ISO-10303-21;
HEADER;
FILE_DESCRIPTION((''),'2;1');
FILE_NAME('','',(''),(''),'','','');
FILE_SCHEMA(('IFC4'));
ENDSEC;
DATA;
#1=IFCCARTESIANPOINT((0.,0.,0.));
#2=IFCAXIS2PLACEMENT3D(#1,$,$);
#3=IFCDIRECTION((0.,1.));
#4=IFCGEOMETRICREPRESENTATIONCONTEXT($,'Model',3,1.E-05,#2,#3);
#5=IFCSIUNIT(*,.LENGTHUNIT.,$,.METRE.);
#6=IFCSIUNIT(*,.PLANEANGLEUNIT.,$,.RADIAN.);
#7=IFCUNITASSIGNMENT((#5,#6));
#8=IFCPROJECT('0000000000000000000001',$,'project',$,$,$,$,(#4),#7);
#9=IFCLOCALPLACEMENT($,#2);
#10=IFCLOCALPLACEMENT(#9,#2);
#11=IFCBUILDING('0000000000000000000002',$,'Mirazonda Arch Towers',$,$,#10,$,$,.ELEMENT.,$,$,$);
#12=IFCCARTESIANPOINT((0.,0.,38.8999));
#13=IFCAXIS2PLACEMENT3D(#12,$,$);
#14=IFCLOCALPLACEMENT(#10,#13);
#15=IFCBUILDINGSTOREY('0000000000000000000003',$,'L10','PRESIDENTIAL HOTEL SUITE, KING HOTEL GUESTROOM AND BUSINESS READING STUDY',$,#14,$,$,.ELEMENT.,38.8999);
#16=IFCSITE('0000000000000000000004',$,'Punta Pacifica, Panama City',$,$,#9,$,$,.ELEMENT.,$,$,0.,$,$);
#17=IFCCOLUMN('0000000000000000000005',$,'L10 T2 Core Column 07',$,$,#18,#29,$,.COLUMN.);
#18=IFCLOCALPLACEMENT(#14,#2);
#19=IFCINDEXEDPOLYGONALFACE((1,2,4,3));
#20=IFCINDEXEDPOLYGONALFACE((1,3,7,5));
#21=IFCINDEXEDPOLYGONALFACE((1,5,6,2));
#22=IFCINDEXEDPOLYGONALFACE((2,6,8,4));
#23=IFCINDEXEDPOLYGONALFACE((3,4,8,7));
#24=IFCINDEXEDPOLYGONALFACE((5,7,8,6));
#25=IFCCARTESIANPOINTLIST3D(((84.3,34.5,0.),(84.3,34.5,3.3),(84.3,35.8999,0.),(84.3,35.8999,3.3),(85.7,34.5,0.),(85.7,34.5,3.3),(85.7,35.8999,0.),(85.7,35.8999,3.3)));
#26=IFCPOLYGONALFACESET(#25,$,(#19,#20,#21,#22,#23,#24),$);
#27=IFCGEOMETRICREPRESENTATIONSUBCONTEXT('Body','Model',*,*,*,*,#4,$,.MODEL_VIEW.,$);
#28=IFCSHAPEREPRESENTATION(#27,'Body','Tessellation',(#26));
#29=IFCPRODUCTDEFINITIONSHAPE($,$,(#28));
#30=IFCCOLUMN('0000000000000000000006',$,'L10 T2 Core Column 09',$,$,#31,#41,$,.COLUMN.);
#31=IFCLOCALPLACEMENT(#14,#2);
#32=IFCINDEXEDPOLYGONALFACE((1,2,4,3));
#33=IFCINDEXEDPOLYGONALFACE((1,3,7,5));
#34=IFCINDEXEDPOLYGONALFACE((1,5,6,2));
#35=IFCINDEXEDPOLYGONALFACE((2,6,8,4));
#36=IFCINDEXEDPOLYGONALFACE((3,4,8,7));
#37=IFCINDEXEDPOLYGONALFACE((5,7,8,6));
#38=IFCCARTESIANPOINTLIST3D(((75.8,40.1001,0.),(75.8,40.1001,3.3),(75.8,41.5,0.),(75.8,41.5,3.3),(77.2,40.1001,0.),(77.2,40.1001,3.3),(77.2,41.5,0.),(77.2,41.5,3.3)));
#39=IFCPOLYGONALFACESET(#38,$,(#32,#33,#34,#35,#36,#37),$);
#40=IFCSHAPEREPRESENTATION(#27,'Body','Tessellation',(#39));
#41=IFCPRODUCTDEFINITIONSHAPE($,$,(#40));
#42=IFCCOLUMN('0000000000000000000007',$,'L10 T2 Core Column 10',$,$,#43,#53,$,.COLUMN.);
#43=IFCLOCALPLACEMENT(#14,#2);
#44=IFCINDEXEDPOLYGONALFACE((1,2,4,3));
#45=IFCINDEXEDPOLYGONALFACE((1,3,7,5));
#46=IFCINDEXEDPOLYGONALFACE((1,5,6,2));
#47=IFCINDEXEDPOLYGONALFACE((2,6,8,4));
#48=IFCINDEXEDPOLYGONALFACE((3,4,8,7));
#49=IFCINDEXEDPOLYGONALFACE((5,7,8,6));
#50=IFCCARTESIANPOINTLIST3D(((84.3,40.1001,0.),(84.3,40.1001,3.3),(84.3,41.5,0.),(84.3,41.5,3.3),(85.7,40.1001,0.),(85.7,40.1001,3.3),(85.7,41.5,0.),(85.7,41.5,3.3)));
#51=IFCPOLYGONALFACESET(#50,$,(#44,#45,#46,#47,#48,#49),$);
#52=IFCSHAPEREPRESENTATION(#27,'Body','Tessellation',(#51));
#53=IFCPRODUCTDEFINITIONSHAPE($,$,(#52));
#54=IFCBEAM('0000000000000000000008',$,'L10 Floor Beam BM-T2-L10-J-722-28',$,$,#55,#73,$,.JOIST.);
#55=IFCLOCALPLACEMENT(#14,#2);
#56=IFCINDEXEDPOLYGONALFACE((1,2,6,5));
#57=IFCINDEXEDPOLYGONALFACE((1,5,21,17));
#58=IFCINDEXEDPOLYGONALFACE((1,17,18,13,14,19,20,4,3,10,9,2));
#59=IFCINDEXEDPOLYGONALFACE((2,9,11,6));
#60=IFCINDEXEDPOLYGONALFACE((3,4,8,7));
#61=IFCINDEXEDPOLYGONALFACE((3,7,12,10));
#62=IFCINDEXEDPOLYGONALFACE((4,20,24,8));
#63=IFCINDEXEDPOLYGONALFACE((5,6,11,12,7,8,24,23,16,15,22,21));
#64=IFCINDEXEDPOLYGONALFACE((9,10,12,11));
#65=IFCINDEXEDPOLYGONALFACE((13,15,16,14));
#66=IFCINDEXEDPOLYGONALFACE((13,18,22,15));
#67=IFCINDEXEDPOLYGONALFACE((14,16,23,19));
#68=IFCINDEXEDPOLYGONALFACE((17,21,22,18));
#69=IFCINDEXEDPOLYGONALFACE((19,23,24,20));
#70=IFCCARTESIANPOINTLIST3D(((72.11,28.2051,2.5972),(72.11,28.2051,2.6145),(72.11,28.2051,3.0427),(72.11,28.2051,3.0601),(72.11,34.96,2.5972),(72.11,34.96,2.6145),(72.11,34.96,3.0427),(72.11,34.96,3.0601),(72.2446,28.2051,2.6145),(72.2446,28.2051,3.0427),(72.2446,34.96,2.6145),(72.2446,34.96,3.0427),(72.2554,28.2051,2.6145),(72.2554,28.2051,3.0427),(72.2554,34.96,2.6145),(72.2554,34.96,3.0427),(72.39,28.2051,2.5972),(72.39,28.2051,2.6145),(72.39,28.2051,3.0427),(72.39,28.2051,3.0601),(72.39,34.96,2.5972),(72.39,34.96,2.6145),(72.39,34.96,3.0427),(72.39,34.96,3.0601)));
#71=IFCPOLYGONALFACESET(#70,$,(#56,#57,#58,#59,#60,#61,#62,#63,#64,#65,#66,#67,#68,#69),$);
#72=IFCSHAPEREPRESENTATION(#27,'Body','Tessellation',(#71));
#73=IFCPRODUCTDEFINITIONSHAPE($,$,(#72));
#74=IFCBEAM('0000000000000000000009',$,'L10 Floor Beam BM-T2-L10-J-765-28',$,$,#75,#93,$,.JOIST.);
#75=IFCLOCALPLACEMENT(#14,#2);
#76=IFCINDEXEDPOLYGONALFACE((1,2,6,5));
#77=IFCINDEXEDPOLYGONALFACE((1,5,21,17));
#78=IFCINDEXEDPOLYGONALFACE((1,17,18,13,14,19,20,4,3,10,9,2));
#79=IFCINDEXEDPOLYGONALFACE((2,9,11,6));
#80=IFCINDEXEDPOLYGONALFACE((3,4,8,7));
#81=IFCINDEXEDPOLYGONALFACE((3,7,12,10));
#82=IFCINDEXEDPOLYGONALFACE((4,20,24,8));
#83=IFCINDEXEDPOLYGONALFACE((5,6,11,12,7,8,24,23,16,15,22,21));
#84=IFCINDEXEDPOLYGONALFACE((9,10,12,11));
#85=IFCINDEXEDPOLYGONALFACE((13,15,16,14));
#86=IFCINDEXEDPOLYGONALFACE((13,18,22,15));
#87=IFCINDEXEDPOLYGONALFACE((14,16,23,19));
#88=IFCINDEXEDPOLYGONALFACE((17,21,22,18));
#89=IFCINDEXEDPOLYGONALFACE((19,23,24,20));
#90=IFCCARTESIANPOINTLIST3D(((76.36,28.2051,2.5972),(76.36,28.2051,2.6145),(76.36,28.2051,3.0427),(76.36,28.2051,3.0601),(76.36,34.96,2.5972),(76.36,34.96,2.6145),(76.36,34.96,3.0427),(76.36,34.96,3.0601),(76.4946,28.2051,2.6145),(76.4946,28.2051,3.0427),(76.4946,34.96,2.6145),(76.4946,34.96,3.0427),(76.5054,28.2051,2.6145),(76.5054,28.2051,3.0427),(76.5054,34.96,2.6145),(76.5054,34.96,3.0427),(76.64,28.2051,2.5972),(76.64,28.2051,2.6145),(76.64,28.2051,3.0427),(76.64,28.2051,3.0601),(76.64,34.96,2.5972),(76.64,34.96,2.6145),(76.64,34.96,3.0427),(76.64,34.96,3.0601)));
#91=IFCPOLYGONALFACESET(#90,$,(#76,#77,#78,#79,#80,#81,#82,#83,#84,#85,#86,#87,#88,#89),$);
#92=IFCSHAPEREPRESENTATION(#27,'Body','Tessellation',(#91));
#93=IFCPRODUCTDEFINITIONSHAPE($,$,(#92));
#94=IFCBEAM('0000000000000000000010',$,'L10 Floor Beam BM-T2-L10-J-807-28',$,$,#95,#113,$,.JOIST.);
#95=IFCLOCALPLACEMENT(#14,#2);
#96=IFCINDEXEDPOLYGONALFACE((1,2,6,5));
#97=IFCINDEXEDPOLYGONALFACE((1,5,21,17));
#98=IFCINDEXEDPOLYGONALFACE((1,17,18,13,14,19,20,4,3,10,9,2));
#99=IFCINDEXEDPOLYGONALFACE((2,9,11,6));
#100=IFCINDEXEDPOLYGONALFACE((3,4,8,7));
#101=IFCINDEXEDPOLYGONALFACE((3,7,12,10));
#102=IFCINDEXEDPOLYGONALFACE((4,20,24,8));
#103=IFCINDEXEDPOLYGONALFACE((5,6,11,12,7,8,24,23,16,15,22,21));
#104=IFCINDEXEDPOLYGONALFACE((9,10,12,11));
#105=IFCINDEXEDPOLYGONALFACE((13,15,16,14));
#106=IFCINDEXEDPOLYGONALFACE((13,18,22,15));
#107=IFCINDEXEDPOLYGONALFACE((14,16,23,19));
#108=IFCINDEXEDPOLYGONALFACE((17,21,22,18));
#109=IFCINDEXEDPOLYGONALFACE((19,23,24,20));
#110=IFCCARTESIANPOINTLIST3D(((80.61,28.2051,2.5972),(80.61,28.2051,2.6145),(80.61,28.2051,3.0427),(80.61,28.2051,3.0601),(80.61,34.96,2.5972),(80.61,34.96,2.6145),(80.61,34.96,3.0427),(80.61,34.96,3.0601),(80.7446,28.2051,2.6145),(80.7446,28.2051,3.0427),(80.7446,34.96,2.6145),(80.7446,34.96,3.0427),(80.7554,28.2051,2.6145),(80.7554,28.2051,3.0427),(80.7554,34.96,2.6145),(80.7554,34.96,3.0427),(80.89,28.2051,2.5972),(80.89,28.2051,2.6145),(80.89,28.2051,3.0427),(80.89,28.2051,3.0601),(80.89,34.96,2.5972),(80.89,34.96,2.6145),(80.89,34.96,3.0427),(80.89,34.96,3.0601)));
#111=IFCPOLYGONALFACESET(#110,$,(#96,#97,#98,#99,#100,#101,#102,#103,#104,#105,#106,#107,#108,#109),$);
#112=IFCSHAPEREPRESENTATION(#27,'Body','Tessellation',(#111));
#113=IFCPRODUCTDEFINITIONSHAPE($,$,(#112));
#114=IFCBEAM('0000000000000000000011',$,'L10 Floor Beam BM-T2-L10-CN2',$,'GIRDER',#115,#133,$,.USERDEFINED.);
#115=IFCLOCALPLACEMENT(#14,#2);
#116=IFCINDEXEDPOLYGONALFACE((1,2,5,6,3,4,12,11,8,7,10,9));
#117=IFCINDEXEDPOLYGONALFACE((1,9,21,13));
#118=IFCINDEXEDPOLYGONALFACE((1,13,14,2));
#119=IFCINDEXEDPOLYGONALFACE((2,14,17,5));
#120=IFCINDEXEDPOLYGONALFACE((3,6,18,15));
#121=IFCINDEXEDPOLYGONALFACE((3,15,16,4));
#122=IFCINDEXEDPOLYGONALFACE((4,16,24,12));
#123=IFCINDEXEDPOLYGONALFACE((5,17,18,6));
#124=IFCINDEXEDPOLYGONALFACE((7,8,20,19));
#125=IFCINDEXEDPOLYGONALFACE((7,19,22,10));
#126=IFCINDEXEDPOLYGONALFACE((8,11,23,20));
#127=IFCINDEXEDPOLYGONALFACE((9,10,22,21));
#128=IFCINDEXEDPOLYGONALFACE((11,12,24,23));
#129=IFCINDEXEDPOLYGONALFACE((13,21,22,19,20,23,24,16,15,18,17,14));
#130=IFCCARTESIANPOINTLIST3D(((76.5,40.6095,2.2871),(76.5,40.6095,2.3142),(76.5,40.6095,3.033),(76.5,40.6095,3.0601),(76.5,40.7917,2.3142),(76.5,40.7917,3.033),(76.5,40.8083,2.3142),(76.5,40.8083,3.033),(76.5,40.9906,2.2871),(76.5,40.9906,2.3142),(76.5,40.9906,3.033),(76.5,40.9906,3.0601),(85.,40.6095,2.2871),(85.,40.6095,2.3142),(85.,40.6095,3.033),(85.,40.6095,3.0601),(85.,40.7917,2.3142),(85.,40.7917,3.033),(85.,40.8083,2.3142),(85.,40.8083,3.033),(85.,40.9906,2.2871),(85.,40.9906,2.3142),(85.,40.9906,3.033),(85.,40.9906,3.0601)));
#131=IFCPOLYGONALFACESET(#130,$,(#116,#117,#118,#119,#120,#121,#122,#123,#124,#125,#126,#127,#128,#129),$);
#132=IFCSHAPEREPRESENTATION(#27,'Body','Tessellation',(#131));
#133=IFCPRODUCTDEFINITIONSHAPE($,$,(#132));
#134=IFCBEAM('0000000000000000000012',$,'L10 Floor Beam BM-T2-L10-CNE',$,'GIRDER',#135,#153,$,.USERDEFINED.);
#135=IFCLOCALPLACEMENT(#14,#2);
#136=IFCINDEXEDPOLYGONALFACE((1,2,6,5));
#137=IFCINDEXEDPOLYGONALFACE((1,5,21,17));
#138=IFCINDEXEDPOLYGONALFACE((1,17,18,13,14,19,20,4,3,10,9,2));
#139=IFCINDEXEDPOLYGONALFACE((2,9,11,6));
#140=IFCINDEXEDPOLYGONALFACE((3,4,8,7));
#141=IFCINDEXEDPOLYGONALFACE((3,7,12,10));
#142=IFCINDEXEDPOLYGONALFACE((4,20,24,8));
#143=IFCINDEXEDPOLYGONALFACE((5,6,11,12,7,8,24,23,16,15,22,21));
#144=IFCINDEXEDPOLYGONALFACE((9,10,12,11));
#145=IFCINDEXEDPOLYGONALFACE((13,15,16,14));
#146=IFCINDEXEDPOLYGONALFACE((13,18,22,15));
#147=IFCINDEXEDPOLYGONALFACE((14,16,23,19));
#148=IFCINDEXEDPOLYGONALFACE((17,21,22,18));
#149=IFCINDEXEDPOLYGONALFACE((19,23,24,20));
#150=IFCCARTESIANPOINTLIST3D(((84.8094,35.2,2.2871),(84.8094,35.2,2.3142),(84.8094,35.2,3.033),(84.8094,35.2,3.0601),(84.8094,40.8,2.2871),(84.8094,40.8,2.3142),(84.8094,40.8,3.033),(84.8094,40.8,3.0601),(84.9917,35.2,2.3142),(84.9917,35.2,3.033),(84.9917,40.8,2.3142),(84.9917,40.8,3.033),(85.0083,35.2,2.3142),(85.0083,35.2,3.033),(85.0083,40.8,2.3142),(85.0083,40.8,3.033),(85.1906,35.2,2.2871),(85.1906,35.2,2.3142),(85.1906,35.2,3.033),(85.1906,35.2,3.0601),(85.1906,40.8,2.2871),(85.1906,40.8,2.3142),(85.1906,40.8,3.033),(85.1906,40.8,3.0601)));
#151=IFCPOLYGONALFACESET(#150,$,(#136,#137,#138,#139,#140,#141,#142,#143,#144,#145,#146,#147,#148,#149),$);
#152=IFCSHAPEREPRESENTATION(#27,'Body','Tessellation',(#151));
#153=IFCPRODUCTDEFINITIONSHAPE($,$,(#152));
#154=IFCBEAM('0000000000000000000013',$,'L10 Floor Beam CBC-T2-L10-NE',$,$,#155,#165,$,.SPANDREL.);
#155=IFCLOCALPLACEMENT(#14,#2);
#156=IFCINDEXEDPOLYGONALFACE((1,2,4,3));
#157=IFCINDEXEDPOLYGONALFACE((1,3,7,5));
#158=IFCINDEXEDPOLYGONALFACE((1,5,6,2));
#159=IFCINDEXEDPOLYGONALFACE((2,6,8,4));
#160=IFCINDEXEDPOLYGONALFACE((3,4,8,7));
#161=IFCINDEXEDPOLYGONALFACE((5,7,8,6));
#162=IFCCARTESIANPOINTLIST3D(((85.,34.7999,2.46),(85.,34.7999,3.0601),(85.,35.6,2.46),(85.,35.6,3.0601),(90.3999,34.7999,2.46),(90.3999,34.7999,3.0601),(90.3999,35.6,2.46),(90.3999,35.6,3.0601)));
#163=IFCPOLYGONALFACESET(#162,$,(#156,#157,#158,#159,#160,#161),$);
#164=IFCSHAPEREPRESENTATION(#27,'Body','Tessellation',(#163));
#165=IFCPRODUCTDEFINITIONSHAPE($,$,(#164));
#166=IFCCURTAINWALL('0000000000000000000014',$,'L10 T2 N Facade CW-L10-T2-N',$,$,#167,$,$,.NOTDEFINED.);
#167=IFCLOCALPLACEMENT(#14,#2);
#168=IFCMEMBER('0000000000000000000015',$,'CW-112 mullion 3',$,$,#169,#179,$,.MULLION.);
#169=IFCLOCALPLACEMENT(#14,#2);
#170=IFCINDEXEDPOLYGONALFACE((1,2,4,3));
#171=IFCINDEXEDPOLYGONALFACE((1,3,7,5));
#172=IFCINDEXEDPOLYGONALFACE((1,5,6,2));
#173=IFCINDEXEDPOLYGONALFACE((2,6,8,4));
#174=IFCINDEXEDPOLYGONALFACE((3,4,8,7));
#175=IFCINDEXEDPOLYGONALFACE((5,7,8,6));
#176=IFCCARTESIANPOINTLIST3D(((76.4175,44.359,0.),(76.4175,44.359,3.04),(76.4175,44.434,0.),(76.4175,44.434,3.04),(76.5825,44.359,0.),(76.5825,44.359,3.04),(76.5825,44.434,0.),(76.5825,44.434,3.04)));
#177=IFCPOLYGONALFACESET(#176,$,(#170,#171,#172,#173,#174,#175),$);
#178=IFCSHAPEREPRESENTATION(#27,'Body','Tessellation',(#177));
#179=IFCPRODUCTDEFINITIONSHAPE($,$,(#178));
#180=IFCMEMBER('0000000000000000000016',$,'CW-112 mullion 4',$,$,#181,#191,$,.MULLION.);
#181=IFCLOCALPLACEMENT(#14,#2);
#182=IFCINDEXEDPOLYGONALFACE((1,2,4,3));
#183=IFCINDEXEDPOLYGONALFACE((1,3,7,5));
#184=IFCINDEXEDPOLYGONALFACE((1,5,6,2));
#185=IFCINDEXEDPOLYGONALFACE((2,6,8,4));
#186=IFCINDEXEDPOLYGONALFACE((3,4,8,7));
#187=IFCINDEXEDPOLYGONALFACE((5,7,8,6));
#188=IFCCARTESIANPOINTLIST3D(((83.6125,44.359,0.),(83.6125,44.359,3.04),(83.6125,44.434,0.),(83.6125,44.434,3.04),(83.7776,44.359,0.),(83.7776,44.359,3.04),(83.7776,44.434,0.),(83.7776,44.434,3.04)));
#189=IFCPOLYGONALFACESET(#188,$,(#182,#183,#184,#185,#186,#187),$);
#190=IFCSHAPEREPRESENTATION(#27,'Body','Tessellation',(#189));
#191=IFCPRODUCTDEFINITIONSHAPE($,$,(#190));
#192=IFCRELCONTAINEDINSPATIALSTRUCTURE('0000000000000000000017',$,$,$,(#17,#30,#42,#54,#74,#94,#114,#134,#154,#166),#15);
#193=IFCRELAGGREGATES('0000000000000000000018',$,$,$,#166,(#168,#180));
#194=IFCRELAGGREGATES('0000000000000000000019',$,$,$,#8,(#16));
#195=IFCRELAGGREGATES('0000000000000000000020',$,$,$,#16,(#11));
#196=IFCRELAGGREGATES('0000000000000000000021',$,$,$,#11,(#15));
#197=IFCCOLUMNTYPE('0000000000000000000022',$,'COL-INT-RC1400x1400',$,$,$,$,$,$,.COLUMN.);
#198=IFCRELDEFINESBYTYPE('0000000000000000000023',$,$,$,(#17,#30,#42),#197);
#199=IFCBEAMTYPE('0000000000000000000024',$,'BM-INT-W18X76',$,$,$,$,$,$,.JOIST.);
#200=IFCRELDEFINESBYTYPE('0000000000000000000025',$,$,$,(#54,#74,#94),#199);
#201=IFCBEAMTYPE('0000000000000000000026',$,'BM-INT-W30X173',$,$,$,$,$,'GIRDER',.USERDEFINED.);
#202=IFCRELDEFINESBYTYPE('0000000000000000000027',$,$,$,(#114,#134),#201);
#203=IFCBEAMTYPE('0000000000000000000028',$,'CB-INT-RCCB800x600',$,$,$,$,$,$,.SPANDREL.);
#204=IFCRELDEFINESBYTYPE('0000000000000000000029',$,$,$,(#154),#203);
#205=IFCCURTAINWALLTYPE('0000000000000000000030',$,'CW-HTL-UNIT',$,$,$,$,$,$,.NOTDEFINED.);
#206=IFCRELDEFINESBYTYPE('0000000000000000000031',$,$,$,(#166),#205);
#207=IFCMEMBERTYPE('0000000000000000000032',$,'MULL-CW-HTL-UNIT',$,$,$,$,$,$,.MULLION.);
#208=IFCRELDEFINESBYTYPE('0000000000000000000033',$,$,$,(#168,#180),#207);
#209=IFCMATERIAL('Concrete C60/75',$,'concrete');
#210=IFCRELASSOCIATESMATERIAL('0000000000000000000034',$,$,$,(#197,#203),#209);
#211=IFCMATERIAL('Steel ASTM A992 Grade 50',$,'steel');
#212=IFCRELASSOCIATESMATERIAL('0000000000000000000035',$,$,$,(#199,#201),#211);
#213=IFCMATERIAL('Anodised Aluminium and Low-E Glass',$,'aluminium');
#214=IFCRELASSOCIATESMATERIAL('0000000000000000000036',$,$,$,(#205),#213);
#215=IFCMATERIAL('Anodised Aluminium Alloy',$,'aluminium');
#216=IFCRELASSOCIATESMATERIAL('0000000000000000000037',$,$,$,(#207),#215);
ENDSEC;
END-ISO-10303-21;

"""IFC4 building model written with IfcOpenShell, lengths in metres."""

from ifc_helpers import new_model, si_unit, direction, frame, origin, origin_2d, place, context, subcontext, project, spatial, rectangle, i_section, extrude, material, material_profile, profile_set, type_object, element, aggregate, save


model = new_model("IFC4")

# Units and contexts
model_context = context("Model", 3, precision=1e-05, world=origin(), true_north=direction((0.0, 1.0)))
body_context = subcontext(model_context, "Body", "Model", "MODEL_VIEW")
ifc_project = project(units=[si_unit("LENGTHUNIT", "METRE"), si_unit("PLANEANGLEUNIT", "RADIAN")], contexts=[model_context])

# Site, building, storey
site_placement = place(None, origin())
site = spatial("IfcSite", under=ifc_project, at=site_placement, Name="Punta Pacifica, Panama City", CompositionType="ELEMENT", RefElevation=0.0)
building_placement = place(site_placement, origin())
building = spatial("IfcBuilding", under=site, at=building_placement, Name="Mirazonda Arch Towers", CompositionType="ELEMENT")
storey_placement = place(building_placement, frame((0.0, 0.0, 38.8999)))
storey = spatial("IfcBuildingStorey", under=building, at=storey_placement, Name="L10", Description="PRESIDENTIAL HOTEL SUITE, KING HOTEL GUESTROOM AND BUSINESS READING STUDY", CompositionType="ELEMENT", Elevation=38.8999)

# Columns
ifc_material_1 = material(Name="Concrete C60/75", Category="concrete")
ifc_material_profile_1 = material_profile(ifc_material_1, rectangle(XDim=1.3999, YDim=1.3999, at=origin_2d()), Name="RC1400x1400")
ifc_profile_set_1 = profile_set([ifc_material_profile_1], Name="Concrete C60/75")
column_type = type_object("IfcColumnType", Name="COL-INT-RC1400x1400", PredefinedType="COLUMN", material=ifc_profile_set_1)
for number, where, z_axis, x_axis, name in (
    (1, (85.0, 35.2, 0.0), (0.0, 0.0, 1.0), (1.0, 0.0, 0.0), "L10 T2 Core Column 07"),
    (2, (76.5, 40.8, 0.0), (0.0, 0.0, 1.0), (1.0, 0.0, 0.0), "L10 T2 Core Column 09"),
    (3, (85.0, 40.8, 0.0), (0.0, 0.0, 1.0), (1.0, 0.0, 0.0), "L10 T2 Core Column 10"),
):
    element("IfcColumn", number, at=place(storey_placement, frame(where, z_axis=z_axis, x_axis=x_axis)), inside=storey, type_object=column_type, Name=name, PredefinedType="COLUMN", context=body_context, shape_type="SweptSolid", body=[
        extrude(rectangle(XDim=1.3999, YDim=1.3999, at=origin_2d()), origin(), (0.0, 0.0, 1.0), 3.3),
    ])

# Beams
ifc_material_2 = material(Name="Steel ASTM A992 Grade 50", Category="steel")
ifc_material_profile_2 = material_profile(ifc_material_2, i_section(OverallWidth=0.28, OverallDepth=0.4629, WebThickness=0.0107, FlangeThickness=0.0173, at=origin_2d()), Name="W18X76")
ifc_profile_set_2 = profile_set([ifc_material_profile_2], Name="Steel ASTM A992 Grade 50")
beam_type_1 = type_object("IfcBeamType", Name="BM-INT-W18X76", PredefinedType="JOIST", material=ifc_profile_set_2)
for number, where, z_axis, x_axis, name in (
    (4, (72.25, 28.2051, 2.8286), (0.0, 1.0, 0.0), (-1.0, 0.0, 0.0), "L10 Floor Beam BM-T2-L10-J-722-28"),
    (5, (76.5, 28.2051, 2.8286), (0.0, 1.0, 0.0), (-1.0, 0.0, 0.0), "L10 Floor Beam BM-T2-L10-J-765-28"),
    (6, (80.75, 28.2051, 2.8286), (0.0, 1.0, 0.0), (-1.0, 0.0, 0.0), "L10 Floor Beam BM-T2-L10-J-807-28"),
):
    element("IfcBeam", number, at=place(storey_placement, frame(where, z_axis=z_axis, x_axis=x_axis)), inside=storey, type_object=beam_type_1, Name=name, PredefinedType="JOIST", context=body_context, shape_type="SweptSolid", body=[
        extrude(i_section(OverallWidth=0.28, OverallDepth=0.4629, WebThickness=0.0107, FlangeThickness=0.0173, at=origin_2d()), origin(), (0.0, 0.0, 1.0), 6.7549),
    ])
ifc_material_profile_3 = material_profile(ifc_material_2, i_section(OverallWidth=0.3811, OverallDepth=0.7729, WebThickness=0.0166, FlangeThickness=0.0271, at=origin_2d()), Name="W30X173")
ifc_profile_set_3 = profile_set([ifc_material_profile_3], Name="Steel ASTM A992 Grade 50")
beam_type_2 = type_object("IfcBeamType", Name="BM-INT-W30X173", ElementType="GIRDER", PredefinedType="USERDEFINED", material=ifc_profile_set_3)
beam_1_placement = place(storey_placement, frame((76.5, 40.8, 2.6736), z_axis=(1.0, 0.0, 0.0), x_axis=(0.0, 1.0, 0.0)))
element("IfcBeam", 7, at=beam_1_placement, inside=storey, type_object=beam_type_2, Name="L10 Floor Beam BM-T2-L10-CN2", ObjectType="GIRDER", PredefinedType="USERDEFINED", context=body_context, shape_type="SweptSolid", body=[
    extrude(i_section(OverallWidth=0.3811, OverallDepth=0.7729, WebThickness=0.0166, FlangeThickness=0.0271, at=origin_2d()), origin(), (0.0, 0.0, 1.0), 8.5),
])
beam_2_placement = place(storey_placement, frame((85.0, 35.2, 2.6736), z_axis=(0.0, 1.0, 0.0), x_axis=(-1.0, 0.0, 0.0)))
element("IfcBeam", 8, at=beam_2_placement, inside=storey, type_object=beam_type_2, Name="L10 Floor Beam BM-T2-L10-CNE", ObjectType="GIRDER", PredefinedType="USERDEFINED", context=body_context, shape_type="SweptSolid", body=[
    extrude(i_section(OverallWidth=0.3811, OverallDepth=0.7729, WebThickness=0.0166, FlangeThickness=0.0271, at=origin_2d()), origin(), (0.0, 0.0, 1.0), 5.6001),
])
ifc_material_profile_4 = material_profile(ifc_material_1, rectangle(XDim=0.8, YDim=0.6001, at=origin_2d()), Name="RCCB800x600")
ifc_profile_set_4 = profile_set([ifc_material_profile_4], Name="Concrete C60/75")
beam_type_3 = type_object("IfcBeamType", Name="CB-INT-RCCB800x600", PredefinedType="SPANDREL", material=ifc_profile_set_4)
beam_3_placement = place(storey_placement, frame((85.0, 35.2, 2.76), z_axis=(1.0, 0.0, 0.0), x_axis=(0.0, 1.0, 0.0)))
element("IfcBeam", 9, at=beam_3_placement, inside=storey, type_object=beam_type_3, Name="L10 Floor Beam CBC-T2-L10-NE", PredefinedType="SPANDREL", context=body_context, shape_type="SweptSolid", body=[
    extrude(rectangle(XDim=0.8, YDim=0.6001, at=origin_2d()), origin(), (0.0, 0.0, 1.0), 5.3999),
])

# Curtain wall, members
ifc_material_3 = material(Name="Anodised Aluminium and Low-E Glass", Category="aluminium")
curtain_wall_type = type_object("IfcCurtainWallType", Name="CW-HTL-UNIT", PredefinedType="NOTDEFINED", material=ifc_material_3)
curtain_wall_placement = place(storey_placement, origin())
curtain_wall = element("IfcCurtainWall", 10, at=curtain_wall_placement, inside=storey, type_object=curtain_wall_type, Name="L10 T2 N Facade CW-L10-T2-N", PredefinedType="NOTDEFINED")
ifc_material_4 = material(Name="Anodised Aluminium Alloy", Category="aluminium")
ifc_material_profile_5 = material_profile(ifc_material_4, rectangle(XDim=0.075, YDim=0.165, at=origin_2d()), Name="ALU-MULL-75x165")
ifc_profile_set_5 = profile_set([ifc_material_profile_5], Name="Anodised Aluminium Alloy")
member_type_1 = type_object("IfcMemberType", Name="MULL-CW-HTL-UNIT", PredefinedType="MULLION", material=ifc_profile_set_5)
member_1_placement = place(storey_placement, frame((76.5, 44.3965, 0.0), z_axis=(0.0, 0.0, 1.0), x_axis=(0.0, 1.0, 0.0)))
member_1 = element("IfcMember", 11, at=member_1_placement, type_object=member_type_1, Name="CW-112 mullion 3", PredefinedType="MULLION", context=body_context, shape_type="SweptSolid", body=[
    extrude(rectangle(XDim=0.075, YDim=0.165, at=origin_2d()), origin(), (0.0, 0.0, 1.0), 3.04),
])
member_2_placement = place(storey_placement, frame((83.6951, 44.3965, 0.0), z_axis=(0.0, 0.0, 1.0), x_axis=(0.0, 1.0, 0.0)))
member_2 = element("IfcMember", 12, at=member_2_placement, type_object=member_type_1, Name="CW-112 mullion 4", PredefinedType="MULLION", context=body_context, shape_type="SweptSolid", body=[
    extrude(rectangle(XDim=0.075, YDim=0.165, at=origin_2d()), origin(), (0.0, 0.0, 1.0), 3.04),
])
aggregate(curtain_wall, [member_1, member_2])

save(model, "model.ifc")
